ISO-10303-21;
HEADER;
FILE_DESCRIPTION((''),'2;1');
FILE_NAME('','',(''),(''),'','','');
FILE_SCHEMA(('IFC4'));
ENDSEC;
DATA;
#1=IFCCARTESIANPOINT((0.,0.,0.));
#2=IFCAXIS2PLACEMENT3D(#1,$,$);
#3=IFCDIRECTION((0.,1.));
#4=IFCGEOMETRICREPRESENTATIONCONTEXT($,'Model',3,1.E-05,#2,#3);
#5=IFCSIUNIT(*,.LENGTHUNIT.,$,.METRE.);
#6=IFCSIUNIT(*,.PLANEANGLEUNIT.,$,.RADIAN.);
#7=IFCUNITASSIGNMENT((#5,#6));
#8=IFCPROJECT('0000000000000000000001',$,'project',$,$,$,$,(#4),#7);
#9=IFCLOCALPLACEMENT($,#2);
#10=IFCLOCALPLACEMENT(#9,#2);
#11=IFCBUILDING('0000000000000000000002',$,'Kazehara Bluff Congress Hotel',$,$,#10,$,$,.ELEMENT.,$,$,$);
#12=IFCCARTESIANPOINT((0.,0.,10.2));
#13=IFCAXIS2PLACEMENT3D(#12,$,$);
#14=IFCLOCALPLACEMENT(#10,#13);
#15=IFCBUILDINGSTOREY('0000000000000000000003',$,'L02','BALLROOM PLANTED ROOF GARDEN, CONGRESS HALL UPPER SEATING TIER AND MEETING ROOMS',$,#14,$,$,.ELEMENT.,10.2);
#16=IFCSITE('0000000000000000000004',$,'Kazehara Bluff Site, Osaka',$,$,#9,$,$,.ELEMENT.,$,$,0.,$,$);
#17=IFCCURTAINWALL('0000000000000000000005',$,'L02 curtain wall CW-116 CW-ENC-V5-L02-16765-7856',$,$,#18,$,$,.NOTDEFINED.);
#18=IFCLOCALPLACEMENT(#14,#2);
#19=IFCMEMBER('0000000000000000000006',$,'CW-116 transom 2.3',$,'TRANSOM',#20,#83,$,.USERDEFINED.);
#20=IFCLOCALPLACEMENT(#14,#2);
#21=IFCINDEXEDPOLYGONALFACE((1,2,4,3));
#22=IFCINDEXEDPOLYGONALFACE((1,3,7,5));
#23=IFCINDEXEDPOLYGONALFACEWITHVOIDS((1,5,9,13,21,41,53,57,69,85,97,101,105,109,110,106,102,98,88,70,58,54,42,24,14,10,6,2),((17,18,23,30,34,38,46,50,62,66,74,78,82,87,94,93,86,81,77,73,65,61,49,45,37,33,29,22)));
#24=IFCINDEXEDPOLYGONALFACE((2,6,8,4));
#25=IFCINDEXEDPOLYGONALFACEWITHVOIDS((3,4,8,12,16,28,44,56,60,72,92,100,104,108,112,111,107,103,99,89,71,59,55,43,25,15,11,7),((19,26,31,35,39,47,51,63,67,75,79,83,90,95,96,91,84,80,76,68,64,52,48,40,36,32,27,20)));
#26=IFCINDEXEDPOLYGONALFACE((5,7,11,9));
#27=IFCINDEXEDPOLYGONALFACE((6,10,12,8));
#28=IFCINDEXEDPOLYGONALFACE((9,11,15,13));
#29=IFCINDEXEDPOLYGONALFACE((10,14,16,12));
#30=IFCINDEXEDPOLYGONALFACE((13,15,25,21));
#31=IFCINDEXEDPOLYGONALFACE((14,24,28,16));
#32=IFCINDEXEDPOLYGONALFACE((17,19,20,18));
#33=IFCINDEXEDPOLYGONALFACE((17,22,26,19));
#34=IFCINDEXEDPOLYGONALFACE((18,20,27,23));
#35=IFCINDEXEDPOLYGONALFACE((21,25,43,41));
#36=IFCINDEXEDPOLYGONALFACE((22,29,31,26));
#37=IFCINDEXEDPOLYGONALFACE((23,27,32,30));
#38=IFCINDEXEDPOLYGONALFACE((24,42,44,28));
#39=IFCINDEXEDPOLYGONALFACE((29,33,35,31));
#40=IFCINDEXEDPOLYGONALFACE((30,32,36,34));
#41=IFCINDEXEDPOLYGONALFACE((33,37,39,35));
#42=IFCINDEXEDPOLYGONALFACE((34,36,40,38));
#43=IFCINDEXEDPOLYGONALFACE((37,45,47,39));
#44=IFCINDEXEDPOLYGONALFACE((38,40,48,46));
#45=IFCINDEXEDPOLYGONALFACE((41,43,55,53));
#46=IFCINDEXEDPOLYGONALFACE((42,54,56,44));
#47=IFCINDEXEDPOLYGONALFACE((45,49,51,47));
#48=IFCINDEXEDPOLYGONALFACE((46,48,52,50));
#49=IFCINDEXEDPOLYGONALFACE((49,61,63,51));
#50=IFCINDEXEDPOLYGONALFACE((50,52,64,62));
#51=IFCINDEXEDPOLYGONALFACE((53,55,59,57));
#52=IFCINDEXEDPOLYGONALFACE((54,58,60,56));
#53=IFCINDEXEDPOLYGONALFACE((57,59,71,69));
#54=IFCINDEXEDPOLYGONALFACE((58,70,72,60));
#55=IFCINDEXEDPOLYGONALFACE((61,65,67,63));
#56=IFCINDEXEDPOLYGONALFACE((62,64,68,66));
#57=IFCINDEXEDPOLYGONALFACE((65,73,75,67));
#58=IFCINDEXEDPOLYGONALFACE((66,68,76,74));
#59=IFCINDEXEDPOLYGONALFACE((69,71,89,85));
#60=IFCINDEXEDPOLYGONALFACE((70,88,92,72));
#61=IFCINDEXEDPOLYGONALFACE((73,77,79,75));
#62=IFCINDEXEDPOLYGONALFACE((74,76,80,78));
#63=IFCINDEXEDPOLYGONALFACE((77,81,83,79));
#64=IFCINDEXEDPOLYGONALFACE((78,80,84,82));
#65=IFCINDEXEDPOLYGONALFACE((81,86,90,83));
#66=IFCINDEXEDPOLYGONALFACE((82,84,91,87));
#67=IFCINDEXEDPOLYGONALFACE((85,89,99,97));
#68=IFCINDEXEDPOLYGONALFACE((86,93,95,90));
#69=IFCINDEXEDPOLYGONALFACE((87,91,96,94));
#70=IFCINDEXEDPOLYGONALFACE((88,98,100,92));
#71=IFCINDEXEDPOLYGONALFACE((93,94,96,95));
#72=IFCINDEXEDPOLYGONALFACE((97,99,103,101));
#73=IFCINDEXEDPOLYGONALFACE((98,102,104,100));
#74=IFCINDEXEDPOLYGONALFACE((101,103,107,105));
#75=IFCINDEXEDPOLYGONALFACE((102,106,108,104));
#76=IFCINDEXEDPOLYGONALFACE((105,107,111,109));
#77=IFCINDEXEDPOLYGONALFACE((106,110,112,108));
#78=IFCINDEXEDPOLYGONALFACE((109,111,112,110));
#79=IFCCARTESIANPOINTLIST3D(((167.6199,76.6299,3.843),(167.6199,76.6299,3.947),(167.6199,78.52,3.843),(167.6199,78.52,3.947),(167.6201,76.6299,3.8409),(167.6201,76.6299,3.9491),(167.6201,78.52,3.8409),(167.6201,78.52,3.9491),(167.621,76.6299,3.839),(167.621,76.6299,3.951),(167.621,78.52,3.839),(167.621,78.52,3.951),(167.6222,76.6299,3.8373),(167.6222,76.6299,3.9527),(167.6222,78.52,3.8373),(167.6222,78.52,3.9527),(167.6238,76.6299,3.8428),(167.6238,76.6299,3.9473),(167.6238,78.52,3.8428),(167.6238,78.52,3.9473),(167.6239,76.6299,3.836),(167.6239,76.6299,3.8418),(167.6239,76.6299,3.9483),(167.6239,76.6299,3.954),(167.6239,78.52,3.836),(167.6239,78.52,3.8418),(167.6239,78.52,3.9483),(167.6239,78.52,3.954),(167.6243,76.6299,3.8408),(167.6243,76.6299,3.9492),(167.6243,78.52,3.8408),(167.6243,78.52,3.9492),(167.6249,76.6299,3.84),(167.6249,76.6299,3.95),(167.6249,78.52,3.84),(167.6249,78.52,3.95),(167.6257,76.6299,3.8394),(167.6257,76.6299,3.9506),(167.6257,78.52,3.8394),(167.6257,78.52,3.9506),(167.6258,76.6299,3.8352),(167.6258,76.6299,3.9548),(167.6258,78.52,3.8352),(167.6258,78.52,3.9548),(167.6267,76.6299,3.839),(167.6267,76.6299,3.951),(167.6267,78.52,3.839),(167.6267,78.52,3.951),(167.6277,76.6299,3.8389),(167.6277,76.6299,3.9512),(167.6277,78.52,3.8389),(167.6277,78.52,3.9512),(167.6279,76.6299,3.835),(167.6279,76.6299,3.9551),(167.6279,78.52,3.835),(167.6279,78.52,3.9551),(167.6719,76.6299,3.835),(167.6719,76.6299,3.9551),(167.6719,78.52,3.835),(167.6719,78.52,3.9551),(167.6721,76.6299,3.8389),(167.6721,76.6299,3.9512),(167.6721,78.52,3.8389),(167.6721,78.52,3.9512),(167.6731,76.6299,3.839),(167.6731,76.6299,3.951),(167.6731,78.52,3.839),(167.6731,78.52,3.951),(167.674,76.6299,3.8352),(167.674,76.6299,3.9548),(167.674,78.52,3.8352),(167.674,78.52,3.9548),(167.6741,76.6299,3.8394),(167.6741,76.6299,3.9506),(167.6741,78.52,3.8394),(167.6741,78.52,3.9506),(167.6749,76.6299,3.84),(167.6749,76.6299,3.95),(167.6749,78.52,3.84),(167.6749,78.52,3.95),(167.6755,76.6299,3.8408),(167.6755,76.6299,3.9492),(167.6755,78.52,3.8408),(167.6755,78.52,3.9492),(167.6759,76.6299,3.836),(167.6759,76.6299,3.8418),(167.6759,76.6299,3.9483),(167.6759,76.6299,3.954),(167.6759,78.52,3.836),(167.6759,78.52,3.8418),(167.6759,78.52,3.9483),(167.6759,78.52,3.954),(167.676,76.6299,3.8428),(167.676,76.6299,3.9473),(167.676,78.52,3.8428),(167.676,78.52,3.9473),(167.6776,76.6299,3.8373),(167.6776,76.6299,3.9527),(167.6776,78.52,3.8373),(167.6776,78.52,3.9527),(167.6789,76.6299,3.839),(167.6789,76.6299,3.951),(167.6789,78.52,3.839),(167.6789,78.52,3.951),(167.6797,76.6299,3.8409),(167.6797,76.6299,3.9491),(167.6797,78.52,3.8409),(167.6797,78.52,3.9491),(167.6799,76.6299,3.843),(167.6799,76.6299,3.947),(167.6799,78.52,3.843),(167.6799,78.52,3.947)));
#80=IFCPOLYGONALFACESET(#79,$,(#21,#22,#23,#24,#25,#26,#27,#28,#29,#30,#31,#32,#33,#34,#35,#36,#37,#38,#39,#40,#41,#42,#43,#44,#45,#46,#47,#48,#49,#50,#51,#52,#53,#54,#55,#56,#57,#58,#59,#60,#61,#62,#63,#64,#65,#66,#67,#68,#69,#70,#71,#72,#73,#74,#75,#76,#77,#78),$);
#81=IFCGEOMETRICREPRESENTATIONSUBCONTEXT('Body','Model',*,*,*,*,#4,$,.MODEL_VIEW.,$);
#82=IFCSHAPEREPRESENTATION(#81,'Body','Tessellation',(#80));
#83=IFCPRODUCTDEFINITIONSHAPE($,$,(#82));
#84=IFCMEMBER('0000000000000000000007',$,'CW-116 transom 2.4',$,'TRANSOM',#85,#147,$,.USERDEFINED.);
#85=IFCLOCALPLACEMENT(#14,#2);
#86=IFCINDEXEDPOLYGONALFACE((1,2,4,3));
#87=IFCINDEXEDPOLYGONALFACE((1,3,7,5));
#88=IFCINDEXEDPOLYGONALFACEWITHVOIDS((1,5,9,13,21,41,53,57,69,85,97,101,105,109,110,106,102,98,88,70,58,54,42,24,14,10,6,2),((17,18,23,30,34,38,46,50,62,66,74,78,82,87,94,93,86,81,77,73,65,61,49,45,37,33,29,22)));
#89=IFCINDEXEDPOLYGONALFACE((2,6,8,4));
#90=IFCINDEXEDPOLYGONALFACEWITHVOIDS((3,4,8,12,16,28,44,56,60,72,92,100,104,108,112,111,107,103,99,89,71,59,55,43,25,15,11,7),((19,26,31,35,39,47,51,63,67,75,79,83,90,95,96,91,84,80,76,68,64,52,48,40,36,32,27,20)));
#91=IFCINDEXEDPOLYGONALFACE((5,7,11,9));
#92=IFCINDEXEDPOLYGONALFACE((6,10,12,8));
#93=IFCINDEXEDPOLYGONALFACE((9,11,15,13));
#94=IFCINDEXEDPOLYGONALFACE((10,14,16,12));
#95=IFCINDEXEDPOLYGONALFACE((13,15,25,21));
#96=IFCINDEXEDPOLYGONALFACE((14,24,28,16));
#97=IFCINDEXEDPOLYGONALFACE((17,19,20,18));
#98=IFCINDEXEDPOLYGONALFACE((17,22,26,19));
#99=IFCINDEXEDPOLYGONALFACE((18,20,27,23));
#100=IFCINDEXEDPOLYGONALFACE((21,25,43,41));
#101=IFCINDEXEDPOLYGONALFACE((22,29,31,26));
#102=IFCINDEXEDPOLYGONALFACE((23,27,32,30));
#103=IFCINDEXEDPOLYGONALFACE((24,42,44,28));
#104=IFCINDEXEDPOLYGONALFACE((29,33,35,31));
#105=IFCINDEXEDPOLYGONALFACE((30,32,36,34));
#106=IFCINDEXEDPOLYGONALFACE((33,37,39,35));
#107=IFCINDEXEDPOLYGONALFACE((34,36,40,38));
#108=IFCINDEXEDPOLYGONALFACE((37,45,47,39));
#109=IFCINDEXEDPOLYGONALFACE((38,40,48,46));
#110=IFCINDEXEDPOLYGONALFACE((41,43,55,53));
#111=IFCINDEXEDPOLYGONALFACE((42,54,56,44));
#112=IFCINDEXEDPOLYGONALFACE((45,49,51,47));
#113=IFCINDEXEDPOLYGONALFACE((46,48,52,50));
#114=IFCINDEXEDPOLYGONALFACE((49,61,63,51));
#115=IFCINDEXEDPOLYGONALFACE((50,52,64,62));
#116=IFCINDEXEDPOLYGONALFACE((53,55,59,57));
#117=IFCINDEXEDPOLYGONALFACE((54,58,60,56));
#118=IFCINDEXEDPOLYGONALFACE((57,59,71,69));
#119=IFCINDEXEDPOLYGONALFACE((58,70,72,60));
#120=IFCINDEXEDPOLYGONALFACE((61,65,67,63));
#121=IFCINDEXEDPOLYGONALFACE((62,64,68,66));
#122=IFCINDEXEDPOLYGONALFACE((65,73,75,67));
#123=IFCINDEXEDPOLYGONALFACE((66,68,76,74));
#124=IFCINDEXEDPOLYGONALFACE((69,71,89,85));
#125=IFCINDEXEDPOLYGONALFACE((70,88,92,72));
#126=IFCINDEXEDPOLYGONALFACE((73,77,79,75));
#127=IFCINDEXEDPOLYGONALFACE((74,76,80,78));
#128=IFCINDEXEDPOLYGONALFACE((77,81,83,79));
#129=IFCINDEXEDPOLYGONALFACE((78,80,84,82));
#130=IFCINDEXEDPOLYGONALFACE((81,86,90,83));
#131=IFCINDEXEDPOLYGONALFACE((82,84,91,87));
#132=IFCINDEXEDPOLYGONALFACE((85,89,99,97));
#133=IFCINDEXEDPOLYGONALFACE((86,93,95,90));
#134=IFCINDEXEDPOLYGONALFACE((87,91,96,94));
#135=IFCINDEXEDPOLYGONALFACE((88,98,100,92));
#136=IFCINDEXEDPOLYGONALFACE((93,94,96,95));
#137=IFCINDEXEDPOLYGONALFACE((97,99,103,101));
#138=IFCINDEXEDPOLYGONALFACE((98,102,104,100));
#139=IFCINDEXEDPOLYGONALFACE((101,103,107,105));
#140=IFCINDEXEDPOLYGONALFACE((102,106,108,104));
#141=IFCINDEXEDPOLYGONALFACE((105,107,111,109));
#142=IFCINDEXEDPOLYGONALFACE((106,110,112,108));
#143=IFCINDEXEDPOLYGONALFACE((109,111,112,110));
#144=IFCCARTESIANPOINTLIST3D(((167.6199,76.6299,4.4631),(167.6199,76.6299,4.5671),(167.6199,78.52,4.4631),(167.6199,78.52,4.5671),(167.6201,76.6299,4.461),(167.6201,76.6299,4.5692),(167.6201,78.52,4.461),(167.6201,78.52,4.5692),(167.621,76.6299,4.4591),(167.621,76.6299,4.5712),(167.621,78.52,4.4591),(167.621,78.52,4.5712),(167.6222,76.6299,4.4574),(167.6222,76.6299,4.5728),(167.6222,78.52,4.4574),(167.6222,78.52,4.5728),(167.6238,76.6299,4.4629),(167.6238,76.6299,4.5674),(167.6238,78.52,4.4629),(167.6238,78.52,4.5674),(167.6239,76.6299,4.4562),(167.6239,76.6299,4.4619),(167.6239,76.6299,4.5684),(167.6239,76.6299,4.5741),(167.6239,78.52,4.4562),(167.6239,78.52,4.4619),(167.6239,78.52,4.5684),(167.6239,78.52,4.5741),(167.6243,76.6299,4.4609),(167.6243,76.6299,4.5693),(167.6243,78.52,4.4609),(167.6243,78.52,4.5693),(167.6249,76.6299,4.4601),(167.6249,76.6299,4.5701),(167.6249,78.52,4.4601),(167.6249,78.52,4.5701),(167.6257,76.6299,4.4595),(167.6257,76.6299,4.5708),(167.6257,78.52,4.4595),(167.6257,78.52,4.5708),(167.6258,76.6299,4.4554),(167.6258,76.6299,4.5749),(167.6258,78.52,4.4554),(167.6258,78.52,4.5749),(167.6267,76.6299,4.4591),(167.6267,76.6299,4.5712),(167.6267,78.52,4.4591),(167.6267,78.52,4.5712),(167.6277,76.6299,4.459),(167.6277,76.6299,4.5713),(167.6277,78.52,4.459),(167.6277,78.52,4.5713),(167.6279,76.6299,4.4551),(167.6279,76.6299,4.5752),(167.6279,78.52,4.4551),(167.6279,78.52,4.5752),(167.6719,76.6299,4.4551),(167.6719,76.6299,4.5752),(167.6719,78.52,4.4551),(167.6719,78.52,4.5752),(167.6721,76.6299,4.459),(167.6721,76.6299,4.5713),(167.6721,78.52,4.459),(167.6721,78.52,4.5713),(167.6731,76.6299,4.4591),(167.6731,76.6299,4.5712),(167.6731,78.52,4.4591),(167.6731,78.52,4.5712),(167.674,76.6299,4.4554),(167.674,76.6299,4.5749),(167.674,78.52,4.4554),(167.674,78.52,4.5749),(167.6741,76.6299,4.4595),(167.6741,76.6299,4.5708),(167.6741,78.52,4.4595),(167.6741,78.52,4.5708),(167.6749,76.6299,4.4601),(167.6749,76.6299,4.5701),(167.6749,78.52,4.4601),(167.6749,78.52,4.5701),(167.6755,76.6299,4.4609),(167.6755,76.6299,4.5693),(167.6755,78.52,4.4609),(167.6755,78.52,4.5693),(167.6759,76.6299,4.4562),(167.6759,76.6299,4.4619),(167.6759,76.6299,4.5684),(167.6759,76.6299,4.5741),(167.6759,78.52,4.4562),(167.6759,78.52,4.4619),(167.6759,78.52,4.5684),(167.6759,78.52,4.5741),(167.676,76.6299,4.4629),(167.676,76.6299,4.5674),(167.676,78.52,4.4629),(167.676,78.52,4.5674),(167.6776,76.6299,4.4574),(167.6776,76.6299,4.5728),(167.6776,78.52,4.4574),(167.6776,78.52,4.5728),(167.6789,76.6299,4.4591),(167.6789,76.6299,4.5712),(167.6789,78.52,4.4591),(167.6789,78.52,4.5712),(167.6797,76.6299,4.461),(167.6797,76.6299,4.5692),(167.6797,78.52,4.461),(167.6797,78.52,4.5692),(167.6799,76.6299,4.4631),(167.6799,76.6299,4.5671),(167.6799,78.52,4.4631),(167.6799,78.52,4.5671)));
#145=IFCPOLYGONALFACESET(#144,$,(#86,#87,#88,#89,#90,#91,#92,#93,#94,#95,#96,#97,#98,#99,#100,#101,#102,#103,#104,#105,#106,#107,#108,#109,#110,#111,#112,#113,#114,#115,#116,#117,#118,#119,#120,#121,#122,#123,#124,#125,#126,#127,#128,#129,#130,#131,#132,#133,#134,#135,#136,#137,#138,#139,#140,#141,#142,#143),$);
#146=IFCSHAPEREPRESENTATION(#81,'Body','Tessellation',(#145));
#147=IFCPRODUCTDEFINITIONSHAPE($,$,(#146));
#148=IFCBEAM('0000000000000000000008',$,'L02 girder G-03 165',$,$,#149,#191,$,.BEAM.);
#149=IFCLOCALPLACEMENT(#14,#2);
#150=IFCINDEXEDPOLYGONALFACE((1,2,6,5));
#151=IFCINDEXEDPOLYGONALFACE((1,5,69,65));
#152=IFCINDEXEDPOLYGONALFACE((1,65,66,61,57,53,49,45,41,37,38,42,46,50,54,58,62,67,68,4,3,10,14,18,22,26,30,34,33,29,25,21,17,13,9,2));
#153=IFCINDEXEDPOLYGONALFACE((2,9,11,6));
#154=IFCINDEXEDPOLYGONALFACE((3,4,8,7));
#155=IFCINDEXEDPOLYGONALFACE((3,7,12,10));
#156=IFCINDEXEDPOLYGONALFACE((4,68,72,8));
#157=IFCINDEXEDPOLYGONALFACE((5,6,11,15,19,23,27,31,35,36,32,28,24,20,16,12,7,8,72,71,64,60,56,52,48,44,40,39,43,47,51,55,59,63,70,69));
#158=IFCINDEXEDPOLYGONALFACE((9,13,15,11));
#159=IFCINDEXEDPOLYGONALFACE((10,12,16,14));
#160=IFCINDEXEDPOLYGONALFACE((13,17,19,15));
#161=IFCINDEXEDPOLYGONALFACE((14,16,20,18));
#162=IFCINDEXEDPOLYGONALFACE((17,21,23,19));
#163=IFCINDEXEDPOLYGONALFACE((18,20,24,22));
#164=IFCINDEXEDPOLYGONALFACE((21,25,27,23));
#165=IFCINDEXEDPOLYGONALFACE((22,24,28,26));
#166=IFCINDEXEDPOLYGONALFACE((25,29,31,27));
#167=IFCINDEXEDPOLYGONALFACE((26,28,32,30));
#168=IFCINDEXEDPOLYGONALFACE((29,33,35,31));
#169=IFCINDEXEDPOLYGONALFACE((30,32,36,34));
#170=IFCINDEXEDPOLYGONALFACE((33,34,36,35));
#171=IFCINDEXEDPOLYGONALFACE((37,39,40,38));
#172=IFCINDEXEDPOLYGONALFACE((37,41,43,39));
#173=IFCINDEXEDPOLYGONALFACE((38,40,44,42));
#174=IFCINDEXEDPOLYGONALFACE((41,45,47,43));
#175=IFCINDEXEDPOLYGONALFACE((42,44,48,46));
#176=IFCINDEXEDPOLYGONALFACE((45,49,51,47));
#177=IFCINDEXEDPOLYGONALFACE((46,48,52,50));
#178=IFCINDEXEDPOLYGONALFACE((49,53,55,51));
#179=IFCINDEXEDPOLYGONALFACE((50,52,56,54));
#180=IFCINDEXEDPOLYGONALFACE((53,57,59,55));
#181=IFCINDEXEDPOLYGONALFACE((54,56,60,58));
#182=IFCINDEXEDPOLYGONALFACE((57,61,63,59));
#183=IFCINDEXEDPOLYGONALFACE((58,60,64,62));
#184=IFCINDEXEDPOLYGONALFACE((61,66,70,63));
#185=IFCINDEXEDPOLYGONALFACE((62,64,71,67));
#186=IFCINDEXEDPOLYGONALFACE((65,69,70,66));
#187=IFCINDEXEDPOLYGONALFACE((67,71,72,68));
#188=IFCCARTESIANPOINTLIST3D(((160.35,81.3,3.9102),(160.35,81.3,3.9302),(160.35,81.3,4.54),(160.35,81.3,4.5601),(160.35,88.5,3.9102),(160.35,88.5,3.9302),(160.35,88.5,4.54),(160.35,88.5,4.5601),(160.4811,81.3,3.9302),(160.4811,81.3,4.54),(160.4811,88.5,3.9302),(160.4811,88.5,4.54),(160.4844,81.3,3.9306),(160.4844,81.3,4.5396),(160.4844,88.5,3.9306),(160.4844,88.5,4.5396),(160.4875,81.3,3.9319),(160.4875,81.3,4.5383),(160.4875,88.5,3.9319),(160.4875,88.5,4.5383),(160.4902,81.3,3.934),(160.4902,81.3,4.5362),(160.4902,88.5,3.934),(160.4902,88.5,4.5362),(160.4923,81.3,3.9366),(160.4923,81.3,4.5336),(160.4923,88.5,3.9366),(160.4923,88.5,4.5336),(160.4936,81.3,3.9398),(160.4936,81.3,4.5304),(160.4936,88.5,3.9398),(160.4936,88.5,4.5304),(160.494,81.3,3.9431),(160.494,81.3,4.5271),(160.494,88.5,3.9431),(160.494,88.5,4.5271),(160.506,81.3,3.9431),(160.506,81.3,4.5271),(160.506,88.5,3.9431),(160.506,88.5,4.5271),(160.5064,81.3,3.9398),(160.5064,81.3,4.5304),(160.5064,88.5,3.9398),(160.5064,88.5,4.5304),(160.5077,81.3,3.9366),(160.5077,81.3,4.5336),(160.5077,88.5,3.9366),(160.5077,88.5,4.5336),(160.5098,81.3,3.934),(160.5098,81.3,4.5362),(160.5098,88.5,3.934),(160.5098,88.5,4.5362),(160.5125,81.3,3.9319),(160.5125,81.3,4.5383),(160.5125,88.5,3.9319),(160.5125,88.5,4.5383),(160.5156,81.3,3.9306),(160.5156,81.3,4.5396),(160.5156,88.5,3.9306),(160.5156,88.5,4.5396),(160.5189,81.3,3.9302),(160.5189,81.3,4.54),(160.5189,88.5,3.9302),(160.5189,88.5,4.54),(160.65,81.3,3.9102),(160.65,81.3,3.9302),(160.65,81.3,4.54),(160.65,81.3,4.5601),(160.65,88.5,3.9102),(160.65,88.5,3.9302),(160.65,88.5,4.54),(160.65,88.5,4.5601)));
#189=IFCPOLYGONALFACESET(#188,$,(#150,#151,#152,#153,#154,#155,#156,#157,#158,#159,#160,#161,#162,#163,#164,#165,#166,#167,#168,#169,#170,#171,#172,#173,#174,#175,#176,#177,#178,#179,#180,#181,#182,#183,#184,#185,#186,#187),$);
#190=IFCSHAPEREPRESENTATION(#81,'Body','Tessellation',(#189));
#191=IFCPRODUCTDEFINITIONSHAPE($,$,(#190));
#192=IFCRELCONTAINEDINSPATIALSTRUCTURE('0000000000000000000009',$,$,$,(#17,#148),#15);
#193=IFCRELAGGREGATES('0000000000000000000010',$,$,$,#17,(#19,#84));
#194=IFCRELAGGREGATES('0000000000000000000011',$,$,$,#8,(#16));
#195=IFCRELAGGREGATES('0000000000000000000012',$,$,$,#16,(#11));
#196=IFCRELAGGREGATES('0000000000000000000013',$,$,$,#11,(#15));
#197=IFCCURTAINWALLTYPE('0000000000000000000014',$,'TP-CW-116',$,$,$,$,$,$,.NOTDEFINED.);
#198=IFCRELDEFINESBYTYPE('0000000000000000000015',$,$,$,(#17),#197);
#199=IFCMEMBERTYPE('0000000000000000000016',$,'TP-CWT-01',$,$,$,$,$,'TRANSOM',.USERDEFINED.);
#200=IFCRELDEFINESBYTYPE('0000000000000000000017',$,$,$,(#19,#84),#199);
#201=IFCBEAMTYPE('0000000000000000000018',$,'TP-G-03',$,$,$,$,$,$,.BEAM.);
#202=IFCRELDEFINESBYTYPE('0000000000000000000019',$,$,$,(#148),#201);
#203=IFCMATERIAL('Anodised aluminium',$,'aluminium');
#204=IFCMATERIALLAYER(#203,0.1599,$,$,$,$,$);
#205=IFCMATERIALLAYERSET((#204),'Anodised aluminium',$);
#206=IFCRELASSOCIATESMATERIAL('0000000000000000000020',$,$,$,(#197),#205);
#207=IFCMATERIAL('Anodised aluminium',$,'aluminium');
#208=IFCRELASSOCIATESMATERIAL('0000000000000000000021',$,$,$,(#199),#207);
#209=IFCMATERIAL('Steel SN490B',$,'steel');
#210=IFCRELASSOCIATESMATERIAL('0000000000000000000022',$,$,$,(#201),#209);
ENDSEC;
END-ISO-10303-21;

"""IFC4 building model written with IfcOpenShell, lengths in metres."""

from ifc_helpers import new_model, si_unit, direction, frame, origin, origin_2d, place, context, subcontext, project, spatial, hollow_rectangle, i_section, extrude, material, layer, layer_set, material_profile, profile_set, type_object, element, aggregate, save


model = new_model("IFC4")

# Units and contexts
model_context = context("Model", 3, precision=1e-05, world=origin(), true_north=direction((0.0, 1.0)))
body_context = subcontext(model_context, "Body", "Model", "MODEL_VIEW")
ifc_project = project(units=[si_unit("LENGTHUNIT", "METRE"), si_unit("PLANEANGLEUNIT", "RADIAN")], contexts=[model_context])

# Site, building, storey
site_placement = place(None, origin())
site = spatial("IfcSite", under=ifc_project, at=site_placement, Name="Kazehara Bluff Site, Osaka", CompositionType="ELEMENT", RefElevation=0.0)
building_placement = place(site_placement, origin())
building = spatial("IfcBuilding", under=site, at=building_placement, Name="Kazehara Bluff Congress Hotel", CompositionType="ELEMENT")
storey_placement = place(building_placement, frame((0.0, 0.0, 10.2)))
storey = spatial("IfcBuildingStorey", under=building, at=storey_placement, Name="L02", Description="BALLROOM PLANTED ROOF GARDEN, CONGRESS HALL UPPER SEATING TIER AND MEETING ROOMS", CompositionType="ELEMENT", Elevation=10.2)

# Curtain wall, members
ifc_material_1 = material(Name="Anodised aluminium", Category="aluminium")
ifc_layer_1 = layer(ifc_material_1, 0.1599)
ifc_layer_set_1 = layer_set([ifc_layer_1], Name="Anodised aluminium")
curtain_wall_type = type_object("IfcCurtainWallType", Name="TP-CW-116", PredefinedType="NOTDEFINED", material=ifc_layer_set_1)
curtain_wall_placement = place(storey_placement, origin())
curtain_wall = element("IfcCurtainWall", 1, at=curtain_wall_placement, inside=storey, type_object=curtain_wall_type, Name="L02 curtain wall CW-116 CW-ENC-V5-L02-16765-7856", PredefinedType="NOTDEFINED")
ifc_material_2 = material(Name="Anodised aluminium", Category="aluminium")
ifc_material_profile_1 = material_profile(ifc_material_2, hollow_rectangle(XDim=0.0601, YDim=0.1201, WallThickness=0.0039, InnerFilletRadius=0.0039, OuterFilletRadius=0.0081, at=origin_2d()))
ifc_profile_set_1 = profile_set([ifc_material_profile_1], Name="Anodised aluminium")
member_type_1 = type_object("IfcMemberType", Name="TP-CWT-01", ElementType="TRANSOM", PredefinedType="USERDEFINED", material=ifc_profile_set_1)
member_1_placement = place(storey_placement, frame((167.6499, 78.52, 3.895), z_axis=(0.0, -1.0, 0.0), x_axis=(1.0, 0.0, 0.0)))
member_1 = element("IfcMember", 2, at=member_1_placement, type_object=member_type_1, Name="CW-116 transom 2.3", ObjectType="TRANSOM", PredefinedType="USERDEFINED", context=body_context, shape_type="SweptSolid", body=[
    extrude(hollow_rectangle(XDim=0.0601, YDim=0.1201, WallThickness=0.0039, InnerFilletRadius=0.0039, OuterFilletRadius=0.0081, at=origin_2d()), origin(), (0.0, 0.0, 1.0), 1.8901),
])
member_2_placement = place(storey_placement, frame((167.6499, 78.52, 4.5151), z_axis=(0.0, -1.0, 0.0), x_axis=(1.0, 0.0, 0.0)))
member_2 = element("IfcMember", 3, at=member_2_placement, type_object=member_type_1, Name="CW-116 transom 2.4", ObjectType="TRANSOM", PredefinedType="USERDEFINED", context=body_context, shape_type="SweptSolid", body=[
    extrude(hollow_rectangle(XDim=0.0601, YDim=0.1201, WallThickness=0.0039, InnerFilletRadius=0.0039, OuterFilletRadius=0.0081, at=origin_2d()), origin(), (0.0, 0.0, 1.0), 1.8901),
])

# Beam
ifc_material_3 = material(Name="Steel SN490B", Category="steel")
ifc_material_profile_2 = material_profile(ifc_material_3, i_section(OverallWidth=0.3, OverallDepth=0.6499, WebThickness=0.012, FlangeThickness=0.02, FilletRadius=0.0129, at=origin_2d()))
ifc_profile_set_2 = profile_set([ifc_material_profile_2], Name="Steel SN490B")
beam_type_1 = type_object("IfcBeamType", Name="TP-G-03", PredefinedType="BEAM", material=ifc_profile_set_2)
beam_1_placement = place(storey_placement, frame((160.5, 81.3, 4.2351), z_axis=(0.0, 1.0, 0.0), x_axis=(-1.0, 0.0, 0.0)))
element("IfcBeam", 4, at=beam_1_placement, inside=storey, type_object=beam_type_1, Name="L02 girder G-03 165", PredefinedType="BEAM", context=body_context, shape_type="SweptSolid", body=[
    extrude(i_section(OverallWidth=0.3, OverallDepth=0.6499, WebThickness=0.012, FlangeThickness=0.02, FilletRadius=0.0129, at=origin_2d()), origin(), (0.0, 0.0, 1.0), 7.2),
])

aggregate(curtain_wall, [member_1, member_2])

save(model, "model.ifc")
